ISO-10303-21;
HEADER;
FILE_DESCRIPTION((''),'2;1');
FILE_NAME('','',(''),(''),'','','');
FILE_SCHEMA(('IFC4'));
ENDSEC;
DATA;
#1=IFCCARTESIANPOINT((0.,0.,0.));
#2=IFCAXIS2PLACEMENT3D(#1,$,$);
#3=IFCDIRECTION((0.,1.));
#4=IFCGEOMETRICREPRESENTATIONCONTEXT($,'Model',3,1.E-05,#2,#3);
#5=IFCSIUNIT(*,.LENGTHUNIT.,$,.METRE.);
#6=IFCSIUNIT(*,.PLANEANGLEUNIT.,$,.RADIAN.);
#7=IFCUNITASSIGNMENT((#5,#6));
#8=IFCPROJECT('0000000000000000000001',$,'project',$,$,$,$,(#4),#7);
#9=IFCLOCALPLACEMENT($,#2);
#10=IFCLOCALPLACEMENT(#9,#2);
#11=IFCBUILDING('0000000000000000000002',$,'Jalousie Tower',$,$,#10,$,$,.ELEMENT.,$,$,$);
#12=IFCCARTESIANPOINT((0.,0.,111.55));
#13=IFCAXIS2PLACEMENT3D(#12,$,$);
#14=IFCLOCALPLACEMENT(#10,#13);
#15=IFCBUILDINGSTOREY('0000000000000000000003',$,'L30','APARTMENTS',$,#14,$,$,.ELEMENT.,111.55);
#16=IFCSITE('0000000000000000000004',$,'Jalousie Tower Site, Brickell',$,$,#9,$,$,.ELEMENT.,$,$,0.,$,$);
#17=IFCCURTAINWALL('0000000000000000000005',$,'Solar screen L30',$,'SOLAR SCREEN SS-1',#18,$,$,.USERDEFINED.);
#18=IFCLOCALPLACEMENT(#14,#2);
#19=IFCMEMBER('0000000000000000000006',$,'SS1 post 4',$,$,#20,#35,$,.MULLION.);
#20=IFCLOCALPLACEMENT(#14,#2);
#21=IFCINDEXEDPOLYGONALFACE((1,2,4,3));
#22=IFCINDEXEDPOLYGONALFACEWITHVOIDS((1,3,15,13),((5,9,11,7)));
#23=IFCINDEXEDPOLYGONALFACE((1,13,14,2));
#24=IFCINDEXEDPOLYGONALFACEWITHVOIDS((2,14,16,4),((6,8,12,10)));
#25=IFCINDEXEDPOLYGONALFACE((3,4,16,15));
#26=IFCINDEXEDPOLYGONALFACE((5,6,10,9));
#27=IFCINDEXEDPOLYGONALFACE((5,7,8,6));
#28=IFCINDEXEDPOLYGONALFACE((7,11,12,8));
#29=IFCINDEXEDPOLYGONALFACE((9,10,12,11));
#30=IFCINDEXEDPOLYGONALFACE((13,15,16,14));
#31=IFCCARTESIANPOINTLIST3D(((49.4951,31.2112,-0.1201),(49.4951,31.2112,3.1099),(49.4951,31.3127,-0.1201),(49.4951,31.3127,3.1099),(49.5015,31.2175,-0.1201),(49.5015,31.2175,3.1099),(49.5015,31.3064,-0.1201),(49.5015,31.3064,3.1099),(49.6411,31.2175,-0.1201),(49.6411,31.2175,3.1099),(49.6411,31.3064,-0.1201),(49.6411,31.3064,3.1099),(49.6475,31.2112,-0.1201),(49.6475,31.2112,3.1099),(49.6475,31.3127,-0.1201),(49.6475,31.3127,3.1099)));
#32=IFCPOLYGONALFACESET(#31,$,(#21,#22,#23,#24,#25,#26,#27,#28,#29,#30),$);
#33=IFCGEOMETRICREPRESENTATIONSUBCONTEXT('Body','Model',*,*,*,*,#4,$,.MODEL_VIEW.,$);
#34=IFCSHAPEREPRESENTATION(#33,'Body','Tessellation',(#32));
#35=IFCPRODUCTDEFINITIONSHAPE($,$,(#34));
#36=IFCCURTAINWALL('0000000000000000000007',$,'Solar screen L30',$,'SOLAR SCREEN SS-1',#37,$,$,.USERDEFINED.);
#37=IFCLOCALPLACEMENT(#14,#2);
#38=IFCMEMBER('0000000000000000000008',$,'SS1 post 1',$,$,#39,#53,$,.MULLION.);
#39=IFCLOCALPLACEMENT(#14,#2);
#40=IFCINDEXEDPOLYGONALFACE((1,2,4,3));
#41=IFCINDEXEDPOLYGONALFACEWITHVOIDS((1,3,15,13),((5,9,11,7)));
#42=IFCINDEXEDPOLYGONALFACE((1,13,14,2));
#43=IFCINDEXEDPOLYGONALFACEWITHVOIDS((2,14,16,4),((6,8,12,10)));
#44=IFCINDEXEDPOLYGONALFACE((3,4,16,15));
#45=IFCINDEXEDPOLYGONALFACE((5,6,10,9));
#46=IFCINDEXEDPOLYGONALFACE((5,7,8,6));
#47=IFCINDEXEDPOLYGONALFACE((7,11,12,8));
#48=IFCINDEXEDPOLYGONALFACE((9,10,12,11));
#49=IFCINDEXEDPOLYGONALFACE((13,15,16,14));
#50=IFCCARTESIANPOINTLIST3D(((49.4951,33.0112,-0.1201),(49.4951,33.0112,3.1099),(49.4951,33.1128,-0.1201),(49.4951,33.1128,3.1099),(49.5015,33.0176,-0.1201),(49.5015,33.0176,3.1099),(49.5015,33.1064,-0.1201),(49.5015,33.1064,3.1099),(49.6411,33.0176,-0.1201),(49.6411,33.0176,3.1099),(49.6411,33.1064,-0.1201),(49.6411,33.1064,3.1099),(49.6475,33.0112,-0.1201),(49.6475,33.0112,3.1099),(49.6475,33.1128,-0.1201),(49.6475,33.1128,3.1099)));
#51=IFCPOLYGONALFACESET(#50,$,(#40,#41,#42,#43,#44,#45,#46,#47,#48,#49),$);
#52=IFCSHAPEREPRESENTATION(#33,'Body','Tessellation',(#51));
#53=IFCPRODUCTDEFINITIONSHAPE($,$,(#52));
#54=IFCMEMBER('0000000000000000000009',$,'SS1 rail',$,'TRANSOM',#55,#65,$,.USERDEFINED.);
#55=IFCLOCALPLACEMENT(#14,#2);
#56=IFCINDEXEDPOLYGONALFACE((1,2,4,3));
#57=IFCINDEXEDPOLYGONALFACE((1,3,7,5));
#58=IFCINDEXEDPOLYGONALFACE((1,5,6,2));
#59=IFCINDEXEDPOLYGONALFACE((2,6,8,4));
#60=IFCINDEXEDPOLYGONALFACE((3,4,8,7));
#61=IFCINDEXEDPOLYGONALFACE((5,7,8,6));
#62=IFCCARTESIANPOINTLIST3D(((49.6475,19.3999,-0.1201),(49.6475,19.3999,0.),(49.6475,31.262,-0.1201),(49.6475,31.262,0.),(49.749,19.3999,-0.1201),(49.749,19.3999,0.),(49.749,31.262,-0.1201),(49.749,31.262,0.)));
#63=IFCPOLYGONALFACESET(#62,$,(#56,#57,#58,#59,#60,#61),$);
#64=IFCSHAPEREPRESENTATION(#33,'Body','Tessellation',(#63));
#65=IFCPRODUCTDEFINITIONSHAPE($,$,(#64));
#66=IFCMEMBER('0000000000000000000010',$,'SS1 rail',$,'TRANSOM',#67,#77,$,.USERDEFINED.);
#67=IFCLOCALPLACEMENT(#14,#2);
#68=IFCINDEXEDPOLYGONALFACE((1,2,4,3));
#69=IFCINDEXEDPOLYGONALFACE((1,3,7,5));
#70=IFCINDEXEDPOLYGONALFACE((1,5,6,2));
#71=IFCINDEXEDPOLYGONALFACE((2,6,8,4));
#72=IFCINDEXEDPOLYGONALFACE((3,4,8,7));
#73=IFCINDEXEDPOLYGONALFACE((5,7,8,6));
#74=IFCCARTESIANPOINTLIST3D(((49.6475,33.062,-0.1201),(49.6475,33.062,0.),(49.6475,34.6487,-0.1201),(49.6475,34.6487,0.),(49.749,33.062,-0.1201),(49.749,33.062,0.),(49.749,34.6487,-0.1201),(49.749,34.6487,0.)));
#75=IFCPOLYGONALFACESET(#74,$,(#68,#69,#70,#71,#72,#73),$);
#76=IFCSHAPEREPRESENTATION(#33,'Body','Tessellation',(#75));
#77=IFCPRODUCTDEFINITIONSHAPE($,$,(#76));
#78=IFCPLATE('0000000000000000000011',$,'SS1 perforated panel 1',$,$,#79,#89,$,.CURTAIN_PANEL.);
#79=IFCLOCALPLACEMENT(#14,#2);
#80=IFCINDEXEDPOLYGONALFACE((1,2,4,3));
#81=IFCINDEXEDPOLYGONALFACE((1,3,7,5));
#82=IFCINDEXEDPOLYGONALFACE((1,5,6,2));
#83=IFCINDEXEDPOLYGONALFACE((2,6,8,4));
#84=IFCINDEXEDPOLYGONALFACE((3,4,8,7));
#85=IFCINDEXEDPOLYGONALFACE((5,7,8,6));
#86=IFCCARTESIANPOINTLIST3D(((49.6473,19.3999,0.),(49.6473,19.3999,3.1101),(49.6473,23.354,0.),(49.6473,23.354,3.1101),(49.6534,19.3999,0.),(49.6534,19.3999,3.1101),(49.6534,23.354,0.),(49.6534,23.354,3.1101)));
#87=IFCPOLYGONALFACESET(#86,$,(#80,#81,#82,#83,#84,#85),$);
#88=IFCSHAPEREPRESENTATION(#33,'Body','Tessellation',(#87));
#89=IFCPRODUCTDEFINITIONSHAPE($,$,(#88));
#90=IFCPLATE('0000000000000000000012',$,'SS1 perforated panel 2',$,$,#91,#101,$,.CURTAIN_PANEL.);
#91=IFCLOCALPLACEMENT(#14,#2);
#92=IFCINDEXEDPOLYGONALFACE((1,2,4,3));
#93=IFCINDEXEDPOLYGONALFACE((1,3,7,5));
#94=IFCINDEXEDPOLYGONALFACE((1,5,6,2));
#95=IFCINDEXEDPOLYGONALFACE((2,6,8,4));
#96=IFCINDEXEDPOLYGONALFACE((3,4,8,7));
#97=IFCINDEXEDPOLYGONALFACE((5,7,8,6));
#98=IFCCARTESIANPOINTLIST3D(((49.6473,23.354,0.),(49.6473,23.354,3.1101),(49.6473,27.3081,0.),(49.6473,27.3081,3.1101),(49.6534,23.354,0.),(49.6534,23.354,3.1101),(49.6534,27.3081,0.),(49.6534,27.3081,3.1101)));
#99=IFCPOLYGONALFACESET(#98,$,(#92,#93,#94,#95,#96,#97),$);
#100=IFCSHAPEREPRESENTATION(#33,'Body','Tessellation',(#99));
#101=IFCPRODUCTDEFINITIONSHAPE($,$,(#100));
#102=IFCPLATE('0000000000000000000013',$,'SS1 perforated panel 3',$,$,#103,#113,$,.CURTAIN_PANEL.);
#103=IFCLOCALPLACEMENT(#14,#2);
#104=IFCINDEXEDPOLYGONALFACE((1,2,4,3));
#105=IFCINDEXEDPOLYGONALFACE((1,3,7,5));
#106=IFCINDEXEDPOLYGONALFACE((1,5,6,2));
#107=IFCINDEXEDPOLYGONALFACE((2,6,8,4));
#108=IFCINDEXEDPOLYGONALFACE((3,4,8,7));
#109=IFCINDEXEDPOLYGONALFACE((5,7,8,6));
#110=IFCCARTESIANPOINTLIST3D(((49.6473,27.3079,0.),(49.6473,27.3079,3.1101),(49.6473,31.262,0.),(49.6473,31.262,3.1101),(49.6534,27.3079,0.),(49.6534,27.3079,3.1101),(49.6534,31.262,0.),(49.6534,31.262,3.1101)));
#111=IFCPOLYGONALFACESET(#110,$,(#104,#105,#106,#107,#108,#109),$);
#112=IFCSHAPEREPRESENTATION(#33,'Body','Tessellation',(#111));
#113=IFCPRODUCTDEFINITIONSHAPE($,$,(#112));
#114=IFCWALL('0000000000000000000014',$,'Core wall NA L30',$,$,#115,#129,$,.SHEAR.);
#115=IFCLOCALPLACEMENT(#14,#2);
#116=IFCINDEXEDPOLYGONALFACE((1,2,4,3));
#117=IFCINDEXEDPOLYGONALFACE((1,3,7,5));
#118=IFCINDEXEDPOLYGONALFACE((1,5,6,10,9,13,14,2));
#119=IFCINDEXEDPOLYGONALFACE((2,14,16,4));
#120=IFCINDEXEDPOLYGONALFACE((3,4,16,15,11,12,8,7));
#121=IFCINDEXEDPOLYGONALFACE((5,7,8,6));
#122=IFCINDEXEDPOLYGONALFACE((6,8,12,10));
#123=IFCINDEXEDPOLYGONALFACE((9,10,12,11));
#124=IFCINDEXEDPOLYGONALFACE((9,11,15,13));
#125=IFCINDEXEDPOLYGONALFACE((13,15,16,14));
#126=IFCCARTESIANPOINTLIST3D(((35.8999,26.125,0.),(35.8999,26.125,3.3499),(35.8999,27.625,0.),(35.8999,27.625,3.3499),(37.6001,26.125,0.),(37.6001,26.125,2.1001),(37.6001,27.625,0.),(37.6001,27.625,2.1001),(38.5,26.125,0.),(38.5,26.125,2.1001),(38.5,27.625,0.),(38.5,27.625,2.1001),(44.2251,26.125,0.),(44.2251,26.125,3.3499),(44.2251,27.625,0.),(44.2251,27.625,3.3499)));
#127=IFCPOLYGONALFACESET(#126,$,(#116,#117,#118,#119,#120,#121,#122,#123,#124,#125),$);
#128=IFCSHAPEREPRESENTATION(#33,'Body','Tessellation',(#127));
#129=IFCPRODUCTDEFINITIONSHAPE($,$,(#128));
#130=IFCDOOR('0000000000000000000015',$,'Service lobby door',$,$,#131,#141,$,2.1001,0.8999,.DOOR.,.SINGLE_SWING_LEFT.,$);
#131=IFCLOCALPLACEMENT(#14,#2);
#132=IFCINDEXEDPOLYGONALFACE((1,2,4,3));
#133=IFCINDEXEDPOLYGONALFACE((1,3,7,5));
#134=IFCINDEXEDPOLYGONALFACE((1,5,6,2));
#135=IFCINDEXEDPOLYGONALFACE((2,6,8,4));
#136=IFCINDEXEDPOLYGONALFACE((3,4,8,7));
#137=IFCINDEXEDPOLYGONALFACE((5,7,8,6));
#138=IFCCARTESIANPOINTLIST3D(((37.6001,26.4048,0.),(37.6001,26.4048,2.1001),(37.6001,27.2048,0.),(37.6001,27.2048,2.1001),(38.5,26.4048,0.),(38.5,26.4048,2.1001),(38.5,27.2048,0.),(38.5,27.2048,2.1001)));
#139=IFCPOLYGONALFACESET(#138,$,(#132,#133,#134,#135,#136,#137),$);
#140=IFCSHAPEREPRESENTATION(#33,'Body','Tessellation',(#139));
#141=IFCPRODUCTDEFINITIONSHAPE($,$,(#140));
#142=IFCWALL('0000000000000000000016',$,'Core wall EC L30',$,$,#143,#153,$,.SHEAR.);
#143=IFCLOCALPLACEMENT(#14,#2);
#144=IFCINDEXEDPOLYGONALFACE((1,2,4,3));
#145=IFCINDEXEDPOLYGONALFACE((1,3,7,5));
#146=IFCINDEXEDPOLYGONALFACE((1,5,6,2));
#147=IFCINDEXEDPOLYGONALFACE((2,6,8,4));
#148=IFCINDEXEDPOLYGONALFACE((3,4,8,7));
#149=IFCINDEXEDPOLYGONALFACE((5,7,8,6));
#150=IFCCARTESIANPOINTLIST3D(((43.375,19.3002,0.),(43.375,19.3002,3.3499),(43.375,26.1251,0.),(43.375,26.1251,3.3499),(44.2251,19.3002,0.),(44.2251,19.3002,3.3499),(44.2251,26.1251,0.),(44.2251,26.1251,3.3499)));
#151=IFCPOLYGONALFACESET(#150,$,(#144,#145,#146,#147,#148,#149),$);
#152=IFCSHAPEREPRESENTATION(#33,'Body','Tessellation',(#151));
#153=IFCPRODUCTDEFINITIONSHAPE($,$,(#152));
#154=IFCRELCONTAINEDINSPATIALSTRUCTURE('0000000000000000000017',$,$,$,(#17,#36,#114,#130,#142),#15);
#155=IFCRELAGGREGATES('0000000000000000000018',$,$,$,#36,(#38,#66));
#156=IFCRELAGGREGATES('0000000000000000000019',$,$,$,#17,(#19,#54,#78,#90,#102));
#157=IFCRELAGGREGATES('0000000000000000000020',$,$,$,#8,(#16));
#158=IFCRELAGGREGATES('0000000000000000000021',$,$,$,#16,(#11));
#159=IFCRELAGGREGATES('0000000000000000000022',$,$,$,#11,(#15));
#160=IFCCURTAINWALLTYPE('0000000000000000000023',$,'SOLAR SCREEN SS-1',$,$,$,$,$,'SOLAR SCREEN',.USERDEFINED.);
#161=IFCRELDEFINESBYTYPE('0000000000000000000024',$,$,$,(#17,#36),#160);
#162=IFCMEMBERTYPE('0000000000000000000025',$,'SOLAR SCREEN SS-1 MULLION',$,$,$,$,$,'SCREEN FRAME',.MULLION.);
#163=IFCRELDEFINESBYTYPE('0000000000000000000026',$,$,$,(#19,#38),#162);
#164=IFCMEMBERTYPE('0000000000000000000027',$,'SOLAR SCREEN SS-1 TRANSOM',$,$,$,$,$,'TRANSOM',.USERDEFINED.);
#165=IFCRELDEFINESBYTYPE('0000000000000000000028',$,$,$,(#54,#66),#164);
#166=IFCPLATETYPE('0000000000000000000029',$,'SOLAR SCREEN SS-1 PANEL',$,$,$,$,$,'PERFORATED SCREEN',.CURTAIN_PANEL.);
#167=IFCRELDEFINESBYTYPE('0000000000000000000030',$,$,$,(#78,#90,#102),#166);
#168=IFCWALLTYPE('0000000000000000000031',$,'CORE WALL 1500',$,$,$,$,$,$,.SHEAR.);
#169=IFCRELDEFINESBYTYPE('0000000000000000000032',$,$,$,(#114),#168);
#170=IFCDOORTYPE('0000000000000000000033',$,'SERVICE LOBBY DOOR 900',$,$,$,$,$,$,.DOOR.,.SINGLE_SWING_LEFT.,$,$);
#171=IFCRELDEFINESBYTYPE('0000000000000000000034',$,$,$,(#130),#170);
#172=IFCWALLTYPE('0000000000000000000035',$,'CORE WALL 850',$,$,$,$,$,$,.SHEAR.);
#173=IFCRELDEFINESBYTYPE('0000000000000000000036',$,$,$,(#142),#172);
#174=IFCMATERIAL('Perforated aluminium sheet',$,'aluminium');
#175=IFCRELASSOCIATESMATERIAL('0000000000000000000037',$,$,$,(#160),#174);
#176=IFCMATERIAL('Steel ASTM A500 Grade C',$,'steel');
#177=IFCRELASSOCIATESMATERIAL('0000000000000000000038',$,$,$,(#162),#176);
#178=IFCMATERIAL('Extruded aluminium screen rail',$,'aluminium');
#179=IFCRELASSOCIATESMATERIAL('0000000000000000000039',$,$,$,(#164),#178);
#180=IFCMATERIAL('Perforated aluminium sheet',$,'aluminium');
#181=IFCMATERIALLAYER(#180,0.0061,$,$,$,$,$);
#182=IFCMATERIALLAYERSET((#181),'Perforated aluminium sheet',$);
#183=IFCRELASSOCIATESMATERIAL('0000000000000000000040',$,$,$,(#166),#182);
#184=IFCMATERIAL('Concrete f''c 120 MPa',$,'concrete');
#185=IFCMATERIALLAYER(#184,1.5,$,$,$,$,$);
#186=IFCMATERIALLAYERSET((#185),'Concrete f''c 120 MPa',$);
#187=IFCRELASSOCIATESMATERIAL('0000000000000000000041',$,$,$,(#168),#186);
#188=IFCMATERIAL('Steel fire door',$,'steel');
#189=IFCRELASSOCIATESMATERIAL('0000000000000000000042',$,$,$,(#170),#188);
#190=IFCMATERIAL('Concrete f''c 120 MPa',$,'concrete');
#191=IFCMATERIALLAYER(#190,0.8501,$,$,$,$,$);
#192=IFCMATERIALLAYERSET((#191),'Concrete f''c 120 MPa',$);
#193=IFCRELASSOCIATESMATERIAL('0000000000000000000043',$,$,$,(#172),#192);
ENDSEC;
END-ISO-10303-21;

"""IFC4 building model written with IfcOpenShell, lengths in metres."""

from ifc_helpers import new_model, si_unit, direction, frame, frame_2d, origin, origin_2d, place, context, subcontext, project, spatial, rectangle, hollow_rectangle, extrude, material, layer, layer_set, material_profile, profile_set, type_object, element, fill, aggregate, save


model = new_model("IFC4")

# Units and contexts
model_context = context("Model", 3, precision=1e-05, world=origin(), true_north=direction((0.0, 1.0)))
body_context = subcontext(model_context, "Body", "Model", "MODEL_VIEW")
ifc_project = project(units=[si_unit("LENGTHUNIT", "METRE"), si_unit("PLANEANGLEUNIT", "RADIAN")], contexts=[model_context])

# Site, building, storey
site_placement = place(None, origin())
site = spatial("IfcSite", under=ifc_project, at=site_placement, Name="Jalousie Tower Site, Brickell", CompositionType="ELEMENT", RefElevation=0.0)
building_placement = place(site_placement, origin())
building = spatial("IfcBuilding", under=site, at=building_placement, Name="Jalousie Tower", CompositionType="ELEMENT")
storey_placement = place(building_placement, frame((0.0, 0.0, 111.55)))
storey = spatial("IfcBuildingStorey", under=building, at=storey_placement, Name="L30", Description="APARTMENTS", CompositionType="ELEMENT", Elevation=111.55)

# Shared definitions
ifc_material_1 = material(Name="Perforated aluminium sheet", Category="aluminium")
curtain_wall_type = type_object("IfcCurtainWallType", Name="SOLAR SCREEN SS-1", ElementType="SOLAR SCREEN", PredefinedType="USERDEFINED", material=ifc_material_1)
ifc_material_2 = material(Name="Steel ASTM A500 Grade C", Category="steel")
ifc_material_profile_1 = material_profile(ifc_material_2, hollow_rectangle(XDim=0.1016, YDim=0.1523, WallThickness=0.0063, at=origin_2d()), Name="HSS6X4X1/4")
ifc_profile_set_1 = profile_set([ifc_material_profile_1], Name="Steel ASTM A500 Grade C")
member_type_1 = type_object("IfcMemberType", Name="SOLAR SCREEN SS-1 MULLION", ElementType="SCREEN FRAME", PredefinedType="MULLION", material=ifc_profile_set_1)

# Curtain wall, member
curtain_wall_1_placement = place(storey_placement, origin())
curtain_wall_1 = element("IfcCurtainWall", 1, at=curtain_wall_1_placement, inside=storey, type_object=curtain_wall_type, Name="Solar screen L30", ObjectType="SOLAR SCREEN SS-1", PredefinedType="USERDEFINED")
member_1_placement = place(storey_placement, frame((49.5713, 31.262, -0.1201), z_axis=(0.0, 0.0, 1.0), x_axis=(0.0, 1.0, 0.0)))
member_1 = element("IfcMember", 2, at=member_1_placement, type_object=member_type_1, Name="SS1 post 4", PredefinedType="MULLION", context=body_context, shape_type="SweptSolid", body=[
    extrude(hollow_rectangle(XDim=0.1016, YDim=0.1523, WallThickness=0.0063, at=origin_2d()), origin(), (0.0, 0.0, 1.0), 3.23),
])

# Curtain wall, member
curtain_wall_2_placement = place(storey_placement, origin())
curtain_wall_2 = element("IfcCurtainWall", 3, at=curtain_wall_2_placement, inside=storey, type_object=curtain_wall_type, Name="Solar screen L30", ObjectType="SOLAR SCREEN SS-1", PredefinedType="USERDEFINED")
member_2_placement = place(storey_placement, frame((49.5713, 33.062, -0.1201), z_axis=(0.0, 0.0, 1.0), x_axis=(0.0, 1.0, 0.0)))
member_2 = element("IfcMember", 4, at=member_2_placement, type_object=member_type_1, Name="SS1 post 1", PredefinedType="MULLION", context=body_context, shape_type="SweptSolid", body=[
    extrude(hollow_rectangle(XDim=0.1016, YDim=0.1523, WallThickness=0.0063, at=origin_2d()), origin(), (0.0, 0.0, 1.0), 3.23),
])

# Members
ifc_material_3 = material(Name="Extruded aluminium screen rail", Category="aluminium")
ifc_material_profile_2 = material_profile(ifc_material_3, rectangle(XDim=0.1016, YDim=0.1201, at=origin_2d()), Name="RAIL 102x120")
ifc_profile_set_2 = profile_set([ifc_material_profile_2], Name="Extruded aluminium screen rail")
member_type_2 = type_object("IfcMemberType", Name="SOLAR SCREEN SS-1 TRANSOM", ElementType="TRANSOM", PredefinedType="USERDEFINED", material=ifc_profile_set_2)
member_3_placement = place(storey_placement, frame((49.6982, 19.3999, -0.0601), z_axis=(0.0, 1.0, 0.0), x_axis=(-1.0, 0.0, 0.0)))
member_3 = element("IfcMember", 5, at=member_3_placement, type_object=member_type_2, Name="SS1 rail", ObjectType="TRANSOM", PredefinedType="USERDEFINED", context=body_context, shape_type="SweptSolid", body=[
    extrude(rectangle(XDim=0.1016, YDim=0.1201, at=origin_2d()), origin(), (0.0, 0.0, 1.0), 11.8621),
])
member_4_placement = place(storey_placement, frame((49.6982, 33.062, -0.0601), z_axis=(0.0, 1.0, 0.0), x_axis=(-1.0, 0.0, 0.0)))
member_4 = element("IfcMember", 6, at=member_4_placement, type_object=member_type_2, Name="SS1 rail", ObjectType="TRANSOM", PredefinedType="USERDEFINED", context=body_context, shape_type="SweptSolid", body=[
    extrude(rectangle(XDim=0.1016, YDim=0.1201, at=origin_2d()), origin(), (0.0, 0.0, 1.0), 1.5867),
])
aggregate(curtain_wall_2, [member_2, member_4])

# Plates
ifc_material_4 = material(Name="Perforated aluminium sheet", Category="aluminium")
ifc_layer_1 = layer(ifc_material_4, 0.0061)
ifc_layer_set_1 = layer_set([ifc_layer_1], Name="Perforated aluminium sheet")
plate_type = type_object("IfcPlateType", Name="SOLAR SCREEN SS-1 PANEL", ElementType="PERFORATED SCREEN", PredefinedType="CURTAIN_PANEL", material=ifc_layer_set_1)
plate_1_placement = place(storey_placement, frame((49.6504, 21.377, 0.0), z_axis=(0.0, 0.0, 1.0), x_axis=(0.0, 1.0, 0.0)))
plate_1 = element("IfcPlate", 7, at=plate_1_placement, type_object=plate_type, Name="SS1 perforated panel 1", PredefinedType="CURTAIN_PANEL", context=body_context, shape_type="SweptSolid", body=[
    extrude(rectangle(XDim=3.9541, YDim=0.0061, at=origin_2d()), origin(), (0.0, 0.0, 1.0), 3.1101),
])
plate_2_placement = place(storey_placement, frame((49.6504, 25.3311, 0.0), z_axis=(0.0, 0.0, 1.0), x_axis=(0.0, 1.0, 0.0)))
plate_2 = element("IfcPlate", 8, at=plate_2_placement, type_object=plate_type, Name="SS1 perforated panel 2", PredefinedType="CURTAIN_PANEL", context=body_context, shape_type="SweptSolid", body=[
    extrude(rectangle(XDim=3.9541, YDim=0.0061, at=origin_2d()), origin(), (0.0, 0.0, 1.0), 3.1101),
])
plate_3_placement = place(storey_placement, frame((49.6504, 29.2849, 0.0), z_axis=(0.0, 0.0, 1.0), x_axis=(0.0, 1.0, 0.0)))
plate_3 = element("IfcPlate", 9, at=plate_3_placement, type_object=plate_type, Name="SS1 perforated panel 3", PredefinedType="CURTAIN_PANEL", context=body_context, shape_type="SweptSolid", body=[
    extrude(rectangle(XDim=3.9541, YDim=0.0061, at=origin_2d()), origin(), (0.0, 0.0, 1.0), 3.1101),
])
aggregate(curtain_wall_1, [member_1, member_3, plate_1, plate_2, plate_3])

# Wall, opening, door
ifc_material_5 = material(Name="Concrete f'c 120 MPa", Category="concrete")
ifc_layer_2 = layer(ifc_material_5, 1.5)
ifc_layer_set_2 = layer_set([ifc_layer_2], Name="Concrete f'c 120 MPa")
wall_type_1 = type_object("IfcWallType", Name="CORE WALL 1500", PredefinedType="SHEAR", material=ifc_layer_set_2)
wall_1_placement = place(storey_placement, frame((44.2251, 26.875, 0.0), z_axis=(0.0, 0.0, 1.0), x_axis=(-1.0, 0.0, 0.0)))
wall_1 = element("IfcWall", 10, at=wall_1_placement, inside=storey, type_object=wall_type_1, Name="Core wall NA L30", PredefinedType="SHEAR", context=body_context, shape_type="SweptSolid", body=[
    extrude(rectangle(XDim=8.3252, YDim=1.5, at=frame_2d((4.1626, 0.0))), origin(), (0.0, 0.0, 1.0), 3.3499),
])
opening_1_placement = place(wall_1_placement, frame((5.7251, 0.0, 0.0)))
opening_1 = element("IfcOpeningElement", 11, at=opening_1_placement, cuts=wall_1, PredefinedType="OPENING", context=body_context, shape_type="SweptSolid", body=[
    extrude(rectangle(XDim=0.8999, YDim=2.1001, at=frame_2d((0.45, 1.05))), frame((0.0, 0.76, 0.0), z_axis=(0.0, -1.0, 0.0), x_axis=(1.0, 0.0, 0.0)), (0.0, 0.0, 1.0), 1.52),
])
ifc_material_6 = material(Name="Steel fire door", Category="steel")
door_type_1 = type_object("IfcDoorType", Name="SERVICE LOBBY DOOR 900", OperationType="SINGLE_SWING_LEFT", PredefinedType="DOOR", material=ifc_material_6)
door_1_placement = place(opening_1_placement, origin())
door_1 = element("IfcDoor", 12, at=door_1_placement, inside=storey, type_object=door_type_1, Name="Service lobby door", OperationType="SINGLE_SWING_LEFT", OverallHeight=2.1001, OverallWidth=0.8999, PredefinedType="DOOR", context=body_context, shape_type="SweptSolid", body=[
    extrude(rectangle(XDim=0.8999, YDim=2.1001, at=frame_2d((0.45, 1.05))), frame((0.0, 0.4702, 0.0), z_axis=(0.0, -1.0, 0.0), x_axis=(1.0, 0.0, 0.0)), (0.0, 0.0, 1.0), 0.8),
])
fill(opening_1, door_1)

# Wall
ifc_material_7 = material(Name="Concrete f'c 120 MPa", Category="concrete")
ifc_layer_3 = layer(ifc_material_7, 0.8501)
ifc_layer_set_3 = layer_set([ifc_layer_3], Name="Concrete f'c 120 MPa")
wall_type_2 = type_object("IfcWallType", Name="CORE WALL 850", PredefinedType="SHEAR", material=ifc_layer_set_3)
wall_2_placement = place(storey_placement, frame((43.8, 19.3, 0.0), z_axis=(0.0, 0.0, 1.0), x_axis=(0.0, 1.0, 0.0)))
element("IfcWall", 13, at=wall_2_placement, inside=storey, type_object=wall_type_2, Name="Core wall EC L30", PredefinedType="SHEAR", context=body_context, shape_type="SweptSolid", body=[
    extrude(rectangle(XDim=6.825, YDim=0.8501, at=frame_2d((3.4126, 0.0))), origin(), (0.0, 0.0, 1.0), 3.3499),
])

save(model, "model.ifc")
